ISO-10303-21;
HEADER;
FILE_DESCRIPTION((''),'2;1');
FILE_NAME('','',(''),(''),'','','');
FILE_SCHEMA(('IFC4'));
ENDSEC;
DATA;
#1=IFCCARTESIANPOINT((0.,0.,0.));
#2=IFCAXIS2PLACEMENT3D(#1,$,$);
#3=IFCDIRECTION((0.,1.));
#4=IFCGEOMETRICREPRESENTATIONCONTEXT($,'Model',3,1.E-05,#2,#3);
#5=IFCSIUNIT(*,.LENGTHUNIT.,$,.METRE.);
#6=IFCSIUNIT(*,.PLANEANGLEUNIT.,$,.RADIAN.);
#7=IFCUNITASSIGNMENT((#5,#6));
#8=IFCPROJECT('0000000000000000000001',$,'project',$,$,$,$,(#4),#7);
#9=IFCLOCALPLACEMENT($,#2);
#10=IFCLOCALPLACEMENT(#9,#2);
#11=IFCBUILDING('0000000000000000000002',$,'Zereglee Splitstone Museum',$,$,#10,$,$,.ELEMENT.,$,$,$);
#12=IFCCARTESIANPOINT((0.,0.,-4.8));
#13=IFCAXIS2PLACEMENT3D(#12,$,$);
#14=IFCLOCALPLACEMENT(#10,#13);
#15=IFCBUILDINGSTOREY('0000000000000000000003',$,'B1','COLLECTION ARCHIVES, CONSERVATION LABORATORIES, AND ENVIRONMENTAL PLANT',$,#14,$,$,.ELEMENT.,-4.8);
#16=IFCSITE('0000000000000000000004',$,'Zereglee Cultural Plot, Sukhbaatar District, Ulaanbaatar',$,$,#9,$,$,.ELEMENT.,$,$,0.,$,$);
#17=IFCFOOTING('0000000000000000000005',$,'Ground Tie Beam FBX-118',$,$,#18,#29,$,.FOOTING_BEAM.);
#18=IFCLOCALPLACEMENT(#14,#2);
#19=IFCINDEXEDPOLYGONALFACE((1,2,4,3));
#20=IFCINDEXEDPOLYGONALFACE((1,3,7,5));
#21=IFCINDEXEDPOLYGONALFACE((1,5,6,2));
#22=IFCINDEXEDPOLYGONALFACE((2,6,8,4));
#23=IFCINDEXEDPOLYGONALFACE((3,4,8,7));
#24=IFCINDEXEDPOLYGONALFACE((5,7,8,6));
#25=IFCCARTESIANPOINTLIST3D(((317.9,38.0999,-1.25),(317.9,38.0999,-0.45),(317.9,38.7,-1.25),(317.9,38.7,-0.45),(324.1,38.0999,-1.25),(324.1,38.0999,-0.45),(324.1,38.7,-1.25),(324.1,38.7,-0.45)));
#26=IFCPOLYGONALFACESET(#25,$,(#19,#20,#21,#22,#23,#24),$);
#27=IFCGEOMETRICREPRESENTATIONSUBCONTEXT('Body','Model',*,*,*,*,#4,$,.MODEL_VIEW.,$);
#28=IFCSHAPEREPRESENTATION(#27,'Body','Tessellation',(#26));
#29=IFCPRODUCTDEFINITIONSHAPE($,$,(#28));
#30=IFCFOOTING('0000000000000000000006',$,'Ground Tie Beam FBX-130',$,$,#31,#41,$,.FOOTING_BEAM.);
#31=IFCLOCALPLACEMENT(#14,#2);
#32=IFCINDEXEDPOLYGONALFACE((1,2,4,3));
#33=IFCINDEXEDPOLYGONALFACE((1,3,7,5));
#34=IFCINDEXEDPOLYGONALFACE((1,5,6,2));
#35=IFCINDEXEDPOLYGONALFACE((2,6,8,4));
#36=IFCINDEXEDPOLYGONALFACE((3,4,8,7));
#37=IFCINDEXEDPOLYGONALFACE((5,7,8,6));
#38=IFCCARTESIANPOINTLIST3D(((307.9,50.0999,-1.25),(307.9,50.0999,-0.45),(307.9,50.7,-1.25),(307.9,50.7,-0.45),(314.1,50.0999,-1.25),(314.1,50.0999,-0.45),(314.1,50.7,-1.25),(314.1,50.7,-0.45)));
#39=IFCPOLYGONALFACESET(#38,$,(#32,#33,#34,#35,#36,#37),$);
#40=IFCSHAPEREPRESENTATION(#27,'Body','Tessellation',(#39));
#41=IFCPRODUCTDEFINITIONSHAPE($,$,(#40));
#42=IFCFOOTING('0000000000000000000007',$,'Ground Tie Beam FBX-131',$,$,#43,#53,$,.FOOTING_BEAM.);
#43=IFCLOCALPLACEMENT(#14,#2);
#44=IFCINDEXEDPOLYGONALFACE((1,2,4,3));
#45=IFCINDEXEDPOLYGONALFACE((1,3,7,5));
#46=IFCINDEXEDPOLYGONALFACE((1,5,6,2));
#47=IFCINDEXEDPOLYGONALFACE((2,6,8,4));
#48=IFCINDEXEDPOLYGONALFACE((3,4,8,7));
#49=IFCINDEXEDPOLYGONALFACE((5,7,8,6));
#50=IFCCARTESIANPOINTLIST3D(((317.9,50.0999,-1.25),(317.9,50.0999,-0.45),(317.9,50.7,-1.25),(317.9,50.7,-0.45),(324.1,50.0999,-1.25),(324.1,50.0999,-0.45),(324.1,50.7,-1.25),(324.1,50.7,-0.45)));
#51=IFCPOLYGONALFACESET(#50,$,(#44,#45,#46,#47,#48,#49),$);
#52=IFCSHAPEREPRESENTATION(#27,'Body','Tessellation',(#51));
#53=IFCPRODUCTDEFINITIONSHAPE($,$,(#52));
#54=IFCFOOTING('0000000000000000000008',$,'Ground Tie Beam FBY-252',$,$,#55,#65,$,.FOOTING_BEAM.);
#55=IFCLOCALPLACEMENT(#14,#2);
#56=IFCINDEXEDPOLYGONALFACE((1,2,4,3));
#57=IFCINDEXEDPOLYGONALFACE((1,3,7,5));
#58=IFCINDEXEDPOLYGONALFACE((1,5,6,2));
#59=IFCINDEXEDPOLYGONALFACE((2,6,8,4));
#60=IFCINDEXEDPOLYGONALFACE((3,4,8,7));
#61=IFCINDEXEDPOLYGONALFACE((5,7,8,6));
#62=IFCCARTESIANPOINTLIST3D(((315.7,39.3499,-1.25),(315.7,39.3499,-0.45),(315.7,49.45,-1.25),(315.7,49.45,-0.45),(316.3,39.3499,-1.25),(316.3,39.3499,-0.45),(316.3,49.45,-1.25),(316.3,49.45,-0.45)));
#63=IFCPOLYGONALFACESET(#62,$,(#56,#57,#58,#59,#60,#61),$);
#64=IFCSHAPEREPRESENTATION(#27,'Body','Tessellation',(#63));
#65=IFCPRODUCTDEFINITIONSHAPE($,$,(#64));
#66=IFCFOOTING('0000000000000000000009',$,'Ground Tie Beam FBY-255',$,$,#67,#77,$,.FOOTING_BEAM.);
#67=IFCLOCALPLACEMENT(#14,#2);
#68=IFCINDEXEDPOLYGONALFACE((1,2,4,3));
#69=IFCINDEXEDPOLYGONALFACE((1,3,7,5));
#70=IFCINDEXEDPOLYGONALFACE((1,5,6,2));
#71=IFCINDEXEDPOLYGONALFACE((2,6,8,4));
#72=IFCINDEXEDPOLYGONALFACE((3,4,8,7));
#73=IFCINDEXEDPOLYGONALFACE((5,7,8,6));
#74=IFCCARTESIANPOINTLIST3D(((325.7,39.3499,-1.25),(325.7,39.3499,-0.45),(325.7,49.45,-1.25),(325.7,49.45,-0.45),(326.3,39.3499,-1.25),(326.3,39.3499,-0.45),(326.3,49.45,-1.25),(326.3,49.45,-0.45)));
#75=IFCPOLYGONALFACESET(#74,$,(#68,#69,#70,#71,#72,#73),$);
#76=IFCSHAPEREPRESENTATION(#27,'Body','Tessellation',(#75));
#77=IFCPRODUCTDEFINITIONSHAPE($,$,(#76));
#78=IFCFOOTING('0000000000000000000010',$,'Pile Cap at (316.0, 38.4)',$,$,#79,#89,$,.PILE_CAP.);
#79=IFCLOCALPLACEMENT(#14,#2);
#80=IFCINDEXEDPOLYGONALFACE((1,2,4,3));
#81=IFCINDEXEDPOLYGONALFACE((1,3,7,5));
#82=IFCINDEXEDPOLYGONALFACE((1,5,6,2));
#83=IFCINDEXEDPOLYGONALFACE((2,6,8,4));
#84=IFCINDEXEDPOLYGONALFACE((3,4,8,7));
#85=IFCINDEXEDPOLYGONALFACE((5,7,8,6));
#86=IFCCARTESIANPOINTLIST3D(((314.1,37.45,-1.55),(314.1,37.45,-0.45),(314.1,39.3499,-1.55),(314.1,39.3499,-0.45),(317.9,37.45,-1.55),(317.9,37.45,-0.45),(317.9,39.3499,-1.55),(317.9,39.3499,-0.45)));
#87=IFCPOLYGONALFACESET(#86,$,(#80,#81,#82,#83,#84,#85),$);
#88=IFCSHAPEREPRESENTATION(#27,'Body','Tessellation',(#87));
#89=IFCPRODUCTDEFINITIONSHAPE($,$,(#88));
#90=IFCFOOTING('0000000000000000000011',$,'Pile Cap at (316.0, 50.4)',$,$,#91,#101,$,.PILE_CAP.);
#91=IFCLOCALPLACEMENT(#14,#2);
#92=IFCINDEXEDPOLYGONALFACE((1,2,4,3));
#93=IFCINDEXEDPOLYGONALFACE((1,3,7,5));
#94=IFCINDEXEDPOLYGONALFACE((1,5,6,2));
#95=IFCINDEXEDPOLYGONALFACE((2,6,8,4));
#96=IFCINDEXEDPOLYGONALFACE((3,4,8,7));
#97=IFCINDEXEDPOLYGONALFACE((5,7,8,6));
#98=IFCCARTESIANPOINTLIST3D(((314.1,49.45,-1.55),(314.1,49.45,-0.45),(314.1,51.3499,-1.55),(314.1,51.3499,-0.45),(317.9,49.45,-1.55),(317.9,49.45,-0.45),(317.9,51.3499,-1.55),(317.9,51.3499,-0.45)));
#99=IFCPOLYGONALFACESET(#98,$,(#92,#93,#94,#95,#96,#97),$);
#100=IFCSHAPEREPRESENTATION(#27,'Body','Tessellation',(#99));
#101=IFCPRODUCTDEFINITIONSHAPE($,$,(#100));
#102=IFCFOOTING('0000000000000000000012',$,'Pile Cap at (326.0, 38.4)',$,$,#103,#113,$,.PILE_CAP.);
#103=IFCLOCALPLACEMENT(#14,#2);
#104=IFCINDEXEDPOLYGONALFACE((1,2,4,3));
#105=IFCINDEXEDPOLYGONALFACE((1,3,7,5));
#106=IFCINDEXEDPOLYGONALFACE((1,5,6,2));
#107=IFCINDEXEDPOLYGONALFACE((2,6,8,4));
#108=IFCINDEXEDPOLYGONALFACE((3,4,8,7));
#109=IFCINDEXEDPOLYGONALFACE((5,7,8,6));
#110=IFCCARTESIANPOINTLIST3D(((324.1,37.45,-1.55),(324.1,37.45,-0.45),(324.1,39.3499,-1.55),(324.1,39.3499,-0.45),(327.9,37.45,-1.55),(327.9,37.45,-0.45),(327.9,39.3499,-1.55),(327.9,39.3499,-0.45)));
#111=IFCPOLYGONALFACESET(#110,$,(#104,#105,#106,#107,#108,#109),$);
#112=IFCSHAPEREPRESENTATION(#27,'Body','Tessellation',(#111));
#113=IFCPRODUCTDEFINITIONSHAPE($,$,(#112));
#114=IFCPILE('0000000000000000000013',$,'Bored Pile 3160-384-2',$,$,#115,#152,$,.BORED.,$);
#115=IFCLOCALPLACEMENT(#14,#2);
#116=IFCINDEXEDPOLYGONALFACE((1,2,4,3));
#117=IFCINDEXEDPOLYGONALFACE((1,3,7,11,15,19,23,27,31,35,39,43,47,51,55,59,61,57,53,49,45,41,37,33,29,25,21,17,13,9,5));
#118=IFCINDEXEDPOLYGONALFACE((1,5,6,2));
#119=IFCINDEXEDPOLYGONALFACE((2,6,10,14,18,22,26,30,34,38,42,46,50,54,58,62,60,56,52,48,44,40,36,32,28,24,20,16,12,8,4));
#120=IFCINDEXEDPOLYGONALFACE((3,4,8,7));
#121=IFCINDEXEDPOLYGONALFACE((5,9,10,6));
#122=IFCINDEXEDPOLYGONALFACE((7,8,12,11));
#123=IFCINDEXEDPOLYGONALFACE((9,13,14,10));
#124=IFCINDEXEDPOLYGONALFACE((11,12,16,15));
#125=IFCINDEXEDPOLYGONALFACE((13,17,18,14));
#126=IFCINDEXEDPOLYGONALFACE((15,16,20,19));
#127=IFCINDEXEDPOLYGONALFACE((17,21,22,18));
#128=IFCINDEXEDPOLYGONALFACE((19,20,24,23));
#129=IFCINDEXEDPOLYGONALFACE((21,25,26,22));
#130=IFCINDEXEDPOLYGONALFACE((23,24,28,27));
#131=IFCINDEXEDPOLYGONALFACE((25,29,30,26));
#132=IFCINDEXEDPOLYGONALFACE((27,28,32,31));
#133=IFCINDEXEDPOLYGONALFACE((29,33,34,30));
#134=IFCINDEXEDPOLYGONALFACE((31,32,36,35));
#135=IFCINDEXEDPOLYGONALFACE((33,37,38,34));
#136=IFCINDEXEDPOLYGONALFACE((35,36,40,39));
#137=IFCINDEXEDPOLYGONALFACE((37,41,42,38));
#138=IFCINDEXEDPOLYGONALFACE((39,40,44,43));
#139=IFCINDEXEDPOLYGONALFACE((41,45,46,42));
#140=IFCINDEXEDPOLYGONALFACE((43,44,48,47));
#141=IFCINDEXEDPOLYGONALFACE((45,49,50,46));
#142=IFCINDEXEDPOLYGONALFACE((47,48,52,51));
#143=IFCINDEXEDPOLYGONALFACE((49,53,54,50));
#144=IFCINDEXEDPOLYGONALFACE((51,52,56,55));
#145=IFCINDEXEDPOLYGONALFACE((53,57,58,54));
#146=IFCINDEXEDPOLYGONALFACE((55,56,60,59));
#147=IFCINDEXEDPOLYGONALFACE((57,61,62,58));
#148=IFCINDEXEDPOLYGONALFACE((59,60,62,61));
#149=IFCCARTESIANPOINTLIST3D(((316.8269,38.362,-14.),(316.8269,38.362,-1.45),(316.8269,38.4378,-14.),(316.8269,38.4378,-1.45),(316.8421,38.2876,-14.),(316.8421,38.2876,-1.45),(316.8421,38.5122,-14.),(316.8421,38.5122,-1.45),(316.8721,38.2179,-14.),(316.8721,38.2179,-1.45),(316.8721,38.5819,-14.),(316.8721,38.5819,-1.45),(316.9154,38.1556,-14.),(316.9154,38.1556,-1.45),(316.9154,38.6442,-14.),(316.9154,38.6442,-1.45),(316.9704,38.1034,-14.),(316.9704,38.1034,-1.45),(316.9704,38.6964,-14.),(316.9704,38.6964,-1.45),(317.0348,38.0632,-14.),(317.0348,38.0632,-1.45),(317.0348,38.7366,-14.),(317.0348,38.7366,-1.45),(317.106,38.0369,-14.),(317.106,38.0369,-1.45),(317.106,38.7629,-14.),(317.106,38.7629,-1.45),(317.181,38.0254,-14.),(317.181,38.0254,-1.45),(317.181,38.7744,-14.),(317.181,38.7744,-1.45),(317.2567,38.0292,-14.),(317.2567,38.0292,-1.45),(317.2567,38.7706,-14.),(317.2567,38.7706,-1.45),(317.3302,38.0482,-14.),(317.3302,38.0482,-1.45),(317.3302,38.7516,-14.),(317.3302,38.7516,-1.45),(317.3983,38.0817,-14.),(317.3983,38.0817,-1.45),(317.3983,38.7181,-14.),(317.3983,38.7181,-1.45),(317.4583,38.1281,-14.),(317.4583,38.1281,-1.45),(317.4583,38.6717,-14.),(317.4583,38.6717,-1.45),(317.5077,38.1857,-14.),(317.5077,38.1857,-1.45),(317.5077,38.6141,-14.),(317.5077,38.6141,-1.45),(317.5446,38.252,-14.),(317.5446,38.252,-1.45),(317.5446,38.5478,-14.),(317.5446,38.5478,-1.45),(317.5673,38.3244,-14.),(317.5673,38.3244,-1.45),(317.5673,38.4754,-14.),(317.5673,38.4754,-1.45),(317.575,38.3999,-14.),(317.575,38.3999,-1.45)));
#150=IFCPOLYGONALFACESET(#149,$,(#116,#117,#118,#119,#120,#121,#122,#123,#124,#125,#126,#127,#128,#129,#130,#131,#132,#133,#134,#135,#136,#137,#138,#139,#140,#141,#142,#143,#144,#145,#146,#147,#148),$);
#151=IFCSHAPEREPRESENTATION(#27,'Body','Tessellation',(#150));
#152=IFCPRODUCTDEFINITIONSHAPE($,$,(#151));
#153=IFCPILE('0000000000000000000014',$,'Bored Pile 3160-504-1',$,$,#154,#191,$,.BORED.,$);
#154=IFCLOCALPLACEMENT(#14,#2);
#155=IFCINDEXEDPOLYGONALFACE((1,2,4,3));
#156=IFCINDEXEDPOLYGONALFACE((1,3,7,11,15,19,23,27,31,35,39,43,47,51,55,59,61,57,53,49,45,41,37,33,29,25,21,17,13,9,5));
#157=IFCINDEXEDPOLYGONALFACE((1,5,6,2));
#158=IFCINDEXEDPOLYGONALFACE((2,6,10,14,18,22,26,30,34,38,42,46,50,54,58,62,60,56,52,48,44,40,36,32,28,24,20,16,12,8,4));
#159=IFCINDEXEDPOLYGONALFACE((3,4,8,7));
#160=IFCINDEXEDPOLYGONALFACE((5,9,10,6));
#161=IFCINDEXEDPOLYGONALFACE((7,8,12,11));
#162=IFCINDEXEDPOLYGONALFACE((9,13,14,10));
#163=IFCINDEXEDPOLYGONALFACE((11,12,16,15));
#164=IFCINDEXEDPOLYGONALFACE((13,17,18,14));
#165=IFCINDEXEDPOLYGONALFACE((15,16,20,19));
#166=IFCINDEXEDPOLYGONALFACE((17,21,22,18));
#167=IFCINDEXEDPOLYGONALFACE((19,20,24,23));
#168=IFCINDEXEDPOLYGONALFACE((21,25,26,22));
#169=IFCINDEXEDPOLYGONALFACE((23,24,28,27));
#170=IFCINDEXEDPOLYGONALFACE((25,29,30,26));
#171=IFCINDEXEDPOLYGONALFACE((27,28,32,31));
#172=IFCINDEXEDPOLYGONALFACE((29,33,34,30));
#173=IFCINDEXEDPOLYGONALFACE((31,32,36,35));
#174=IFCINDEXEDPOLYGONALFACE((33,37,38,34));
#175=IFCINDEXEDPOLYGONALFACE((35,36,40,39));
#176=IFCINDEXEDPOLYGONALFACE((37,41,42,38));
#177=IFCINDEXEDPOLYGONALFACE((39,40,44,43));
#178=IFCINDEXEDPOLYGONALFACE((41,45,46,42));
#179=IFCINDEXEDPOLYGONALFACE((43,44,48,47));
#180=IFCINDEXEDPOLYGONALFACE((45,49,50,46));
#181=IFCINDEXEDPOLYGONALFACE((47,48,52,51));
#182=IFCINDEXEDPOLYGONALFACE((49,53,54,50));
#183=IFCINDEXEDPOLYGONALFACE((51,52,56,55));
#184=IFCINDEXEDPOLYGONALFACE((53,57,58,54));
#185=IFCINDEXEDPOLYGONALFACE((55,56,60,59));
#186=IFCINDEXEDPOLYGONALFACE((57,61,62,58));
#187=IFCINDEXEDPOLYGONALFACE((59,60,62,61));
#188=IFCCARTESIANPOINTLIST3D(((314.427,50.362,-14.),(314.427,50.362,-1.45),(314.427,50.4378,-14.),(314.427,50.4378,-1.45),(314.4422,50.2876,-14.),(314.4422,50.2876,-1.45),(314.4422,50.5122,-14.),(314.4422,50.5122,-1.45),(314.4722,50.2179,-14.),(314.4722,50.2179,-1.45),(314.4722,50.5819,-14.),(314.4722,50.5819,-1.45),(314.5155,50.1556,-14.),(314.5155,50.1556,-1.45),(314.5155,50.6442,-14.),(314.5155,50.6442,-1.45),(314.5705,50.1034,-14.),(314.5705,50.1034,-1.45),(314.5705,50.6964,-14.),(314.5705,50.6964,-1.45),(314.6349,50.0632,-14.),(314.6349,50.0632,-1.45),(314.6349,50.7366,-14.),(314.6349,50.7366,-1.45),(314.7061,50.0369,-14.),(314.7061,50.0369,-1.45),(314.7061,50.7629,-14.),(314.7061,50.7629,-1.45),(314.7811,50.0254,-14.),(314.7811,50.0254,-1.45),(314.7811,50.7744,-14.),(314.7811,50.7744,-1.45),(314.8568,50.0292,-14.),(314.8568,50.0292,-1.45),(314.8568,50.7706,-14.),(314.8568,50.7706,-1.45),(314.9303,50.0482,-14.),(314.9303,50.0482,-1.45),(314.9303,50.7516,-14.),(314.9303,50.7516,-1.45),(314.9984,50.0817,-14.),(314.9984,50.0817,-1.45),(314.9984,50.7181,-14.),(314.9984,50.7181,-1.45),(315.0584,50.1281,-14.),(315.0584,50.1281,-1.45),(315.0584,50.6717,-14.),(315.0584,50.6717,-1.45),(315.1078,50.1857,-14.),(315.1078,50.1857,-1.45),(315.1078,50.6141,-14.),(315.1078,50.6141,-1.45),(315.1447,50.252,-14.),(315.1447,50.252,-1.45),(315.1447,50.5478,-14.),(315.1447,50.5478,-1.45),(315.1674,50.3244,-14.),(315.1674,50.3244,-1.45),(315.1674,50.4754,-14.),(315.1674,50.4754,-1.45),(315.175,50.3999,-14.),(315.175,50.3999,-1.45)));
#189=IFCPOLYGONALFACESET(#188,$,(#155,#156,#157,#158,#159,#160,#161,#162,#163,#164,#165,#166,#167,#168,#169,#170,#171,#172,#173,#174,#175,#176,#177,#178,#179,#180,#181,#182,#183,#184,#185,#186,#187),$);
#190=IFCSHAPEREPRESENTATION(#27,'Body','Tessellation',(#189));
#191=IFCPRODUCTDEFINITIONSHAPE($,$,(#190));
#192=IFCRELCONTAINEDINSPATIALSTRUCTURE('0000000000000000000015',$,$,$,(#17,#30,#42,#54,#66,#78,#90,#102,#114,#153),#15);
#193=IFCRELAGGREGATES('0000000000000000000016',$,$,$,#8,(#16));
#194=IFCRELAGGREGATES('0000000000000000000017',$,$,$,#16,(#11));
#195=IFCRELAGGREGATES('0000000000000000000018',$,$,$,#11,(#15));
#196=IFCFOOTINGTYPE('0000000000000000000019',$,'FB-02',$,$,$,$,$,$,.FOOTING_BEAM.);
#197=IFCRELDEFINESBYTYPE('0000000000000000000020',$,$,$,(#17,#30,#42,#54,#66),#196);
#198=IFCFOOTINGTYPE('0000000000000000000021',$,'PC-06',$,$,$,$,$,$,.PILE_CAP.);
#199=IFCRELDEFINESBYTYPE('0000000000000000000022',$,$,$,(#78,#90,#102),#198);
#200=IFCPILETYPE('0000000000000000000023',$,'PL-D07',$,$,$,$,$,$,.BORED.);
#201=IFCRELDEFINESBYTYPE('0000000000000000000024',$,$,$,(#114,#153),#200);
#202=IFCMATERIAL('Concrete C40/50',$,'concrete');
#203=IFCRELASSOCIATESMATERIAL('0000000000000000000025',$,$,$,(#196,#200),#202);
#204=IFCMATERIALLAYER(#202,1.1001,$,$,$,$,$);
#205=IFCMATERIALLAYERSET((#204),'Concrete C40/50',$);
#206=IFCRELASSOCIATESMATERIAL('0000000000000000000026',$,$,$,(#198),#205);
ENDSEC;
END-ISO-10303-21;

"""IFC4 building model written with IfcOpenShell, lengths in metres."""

from ifc_helpers import new_model, si_unit, direction, frame, origin, origin_2d, place, context, subcontext, project, spatial, rectangle, circle, extrude, material, layer, layer_set, material_profile, profile_set, type_object, element, save


model = new_model("IFC4")

# Units and contexts
model_context = context("Model", 3, precision=1e-05, world=origin(), true_north=direction((0.0, 1.0)))
body_context = subcontext(model_context, "Body", "Model", "MODEL_VIEW")
ifc_project = project(units=[si_unit("LENGTHUNIT", "METRE"), si_unit("PLANEANGLEUNIT", "RADIAN")], contexts=[model_context])

# Site, building, storey
site_placement = place(None, origin())
site = spatial("IfcSite", under=ifc_project, at=site_placement, Name="Zereglee Cultural Plot, Sukhbaatar District, Ulaanbaatar", CompositionType="ELEMENT", RefElevation=0.0)
building_placement = place(site_placement, origin())
building = spatial("IfcBuilding", under=site, at=building_placement, Name="Zereglee Splitstone Museum", CompositionType="ELEMENT")
storey_placement = place(building_placement, frame((0.0, 0.0, -4.8)))
storey = spatial("IfcBuildingStorey", under=building, at=storey_placement, Name="B1", Description="COLLECTION ARCHIVES, CONSERVATION LABORATORIES, AND ENVIRONMENTAL PLANT", CompositionType="ELEMENT", Elevation=-4.8)

# Footings
ifc_material_1 = material(Name="Concrete C40/50", Category="concrete")
footing_type_1 = type_object("IfcFootingType", Name="FB-02", PredefinedType="FOOTING_BEAM", material=ifc_material_1)
for number, where, z_axis, x_axis, name in (
    (1, (321.0, 38.3999, -1.25), (0.0, 0.0, 1.0), (1.0, 0.0, 0.0), "Ground Tie Beam FBX-118"),
    (2, (311.0, 50.3999, -1.25), (0.0, 0.0, 1.0), (1.0, 0.0, 0.0), "Ground Tie Beam FBX-130"),
    (3, (321.0, 50.3999, -1.25), (0.0, 0.0, 1.0), (1.0, 0.0, 0.0), "Ground Tie Beam FBX-131"),
):
    element("IfcFooting", number, at=place(storey_placement, frame(where, z_axis=z_axis, x_axis=x_axis)), inside=storey, type_object=footing_type_1, Name=name, PredefinedType="FOOTING_BEAM", context=body_context, shape_type="SweptSolid", body=[
        extrude(rectangle(XDim=6.2, YDim=0.6001, at=origin_2d()), origin(), (0.0, 0.0, 1.0), 0.8),
    ])
for number, where, z_axis, x_axis, name in (
    (4, (316.0, 44.3999, -1.25), (0.0, 0.0, 1.0), (0.0, 1.0, 0.0), "Ground Tie Beam FBY-252"),
    (5, (326.0, 44.3999, -1.25), (0.0, 0.0, 1.0), (0.0, 1.0, 0.0), "Ground Tie Beam FBY-255"),
):
    element("IfcFooting", number, at=place(storey_placement, frame(where, z_axis=z_axis, x_axis=x_axis)), inside=storey, type_object=footing_type_1, Name=name, PredefinedType="FOOTING_BEAM", context=body_context, shape_type="SweptSolid", body=[
        extrude(rectangle(XDim=10.1001, YDim=0.6001, at=origin_2d()), origin(), (0.0, 0.0, 1.0), 0.8),
    ])
ifc_layer_1 = layer(ifc_material_1, 1.1001)
ifc_layer_set_1 = layer_set([ifc_layer_1], Name="Concrete C40/50")
footing_type_2 = type_object("IfcFootingType", Name="PC-06", PredefinedType="PILE_CAP", material=ifc_layer_set_1)
for number, where, z_axis, x_axis, name in (
    (6, (316.0, 38.3999, -1.55), (0.0, 0.0, 1.0), (1.0, 0.0, 0.0), "Pile Cap at (316.0, 38.4)"),
    (7, (316.0, 50.3999, -1.55), (0.0, 0.0, 1.0), (1.0, 0.0, 0.0), "Pile Cap at (316.0, 50.4)"),
    (8, (326.0, 38.3999, -1.55), (0.0, 0.0, 1.0), (1.0, 0.0, 0.0), "Pile Cap at (326.0, 38.4)"),
):
    element("IfcFooting", number, at=place(storey_placement, frame(where, z_axis=z_axis, x_axis=x_axis)), inside=storey, type_object=footing_type_2, Name=name, PredefinedType="PILE_CAP", context=body_context, shape_type="SweptSolid", body=[
        extrude(rectangle(XDim=3.8, YDim=1.8999, at=origin_2d()), origin(), (0.0, 0.0, 1.0), 1.1001),
    ])

# Piles
ifc_material_profile_1 = material_profile(ifc_material_1, circle(Radius=0.375, at=origin_2d()), Name="PILE D750")
ifc_profile_set_1 = profile_set([ifc_material_profile_1], Name="Concrete C40/50")
pile_type = type_object("IfcPileType", Name="PL-D07", PredefinedType="BORED", material=ifc_profile_set_1)
for number, where, z_axis, x_axis, name in (
    (9, (317.2, 38.3999, -1.45), (0.0, 0.0, -1.0), (1.0, 0.0, 0.0), "Bored Pile 3160-384-2"),
    (10, (314.8, 50.3999, -1.45), (0.0, 0.0, -1.0), (1.0, 0.0, 0.0), "Bored Pile 3160-504-1"),
):
    element("IfcPile", number, at=place(storey_placement, frame(where, z_axis=z_axis, x_axis=x_axis)), inside=storey, type_object=pile_type, Name=name, PredefinedType="BORED", context=body_context, shape_type="SweptSolid", body=[
        extrude(circle(Radius=0.375, at=origin_2d()), origin(), (0.0, 0.0, 1.0), 12.55),
    ])

save(model, "model.ifc")
